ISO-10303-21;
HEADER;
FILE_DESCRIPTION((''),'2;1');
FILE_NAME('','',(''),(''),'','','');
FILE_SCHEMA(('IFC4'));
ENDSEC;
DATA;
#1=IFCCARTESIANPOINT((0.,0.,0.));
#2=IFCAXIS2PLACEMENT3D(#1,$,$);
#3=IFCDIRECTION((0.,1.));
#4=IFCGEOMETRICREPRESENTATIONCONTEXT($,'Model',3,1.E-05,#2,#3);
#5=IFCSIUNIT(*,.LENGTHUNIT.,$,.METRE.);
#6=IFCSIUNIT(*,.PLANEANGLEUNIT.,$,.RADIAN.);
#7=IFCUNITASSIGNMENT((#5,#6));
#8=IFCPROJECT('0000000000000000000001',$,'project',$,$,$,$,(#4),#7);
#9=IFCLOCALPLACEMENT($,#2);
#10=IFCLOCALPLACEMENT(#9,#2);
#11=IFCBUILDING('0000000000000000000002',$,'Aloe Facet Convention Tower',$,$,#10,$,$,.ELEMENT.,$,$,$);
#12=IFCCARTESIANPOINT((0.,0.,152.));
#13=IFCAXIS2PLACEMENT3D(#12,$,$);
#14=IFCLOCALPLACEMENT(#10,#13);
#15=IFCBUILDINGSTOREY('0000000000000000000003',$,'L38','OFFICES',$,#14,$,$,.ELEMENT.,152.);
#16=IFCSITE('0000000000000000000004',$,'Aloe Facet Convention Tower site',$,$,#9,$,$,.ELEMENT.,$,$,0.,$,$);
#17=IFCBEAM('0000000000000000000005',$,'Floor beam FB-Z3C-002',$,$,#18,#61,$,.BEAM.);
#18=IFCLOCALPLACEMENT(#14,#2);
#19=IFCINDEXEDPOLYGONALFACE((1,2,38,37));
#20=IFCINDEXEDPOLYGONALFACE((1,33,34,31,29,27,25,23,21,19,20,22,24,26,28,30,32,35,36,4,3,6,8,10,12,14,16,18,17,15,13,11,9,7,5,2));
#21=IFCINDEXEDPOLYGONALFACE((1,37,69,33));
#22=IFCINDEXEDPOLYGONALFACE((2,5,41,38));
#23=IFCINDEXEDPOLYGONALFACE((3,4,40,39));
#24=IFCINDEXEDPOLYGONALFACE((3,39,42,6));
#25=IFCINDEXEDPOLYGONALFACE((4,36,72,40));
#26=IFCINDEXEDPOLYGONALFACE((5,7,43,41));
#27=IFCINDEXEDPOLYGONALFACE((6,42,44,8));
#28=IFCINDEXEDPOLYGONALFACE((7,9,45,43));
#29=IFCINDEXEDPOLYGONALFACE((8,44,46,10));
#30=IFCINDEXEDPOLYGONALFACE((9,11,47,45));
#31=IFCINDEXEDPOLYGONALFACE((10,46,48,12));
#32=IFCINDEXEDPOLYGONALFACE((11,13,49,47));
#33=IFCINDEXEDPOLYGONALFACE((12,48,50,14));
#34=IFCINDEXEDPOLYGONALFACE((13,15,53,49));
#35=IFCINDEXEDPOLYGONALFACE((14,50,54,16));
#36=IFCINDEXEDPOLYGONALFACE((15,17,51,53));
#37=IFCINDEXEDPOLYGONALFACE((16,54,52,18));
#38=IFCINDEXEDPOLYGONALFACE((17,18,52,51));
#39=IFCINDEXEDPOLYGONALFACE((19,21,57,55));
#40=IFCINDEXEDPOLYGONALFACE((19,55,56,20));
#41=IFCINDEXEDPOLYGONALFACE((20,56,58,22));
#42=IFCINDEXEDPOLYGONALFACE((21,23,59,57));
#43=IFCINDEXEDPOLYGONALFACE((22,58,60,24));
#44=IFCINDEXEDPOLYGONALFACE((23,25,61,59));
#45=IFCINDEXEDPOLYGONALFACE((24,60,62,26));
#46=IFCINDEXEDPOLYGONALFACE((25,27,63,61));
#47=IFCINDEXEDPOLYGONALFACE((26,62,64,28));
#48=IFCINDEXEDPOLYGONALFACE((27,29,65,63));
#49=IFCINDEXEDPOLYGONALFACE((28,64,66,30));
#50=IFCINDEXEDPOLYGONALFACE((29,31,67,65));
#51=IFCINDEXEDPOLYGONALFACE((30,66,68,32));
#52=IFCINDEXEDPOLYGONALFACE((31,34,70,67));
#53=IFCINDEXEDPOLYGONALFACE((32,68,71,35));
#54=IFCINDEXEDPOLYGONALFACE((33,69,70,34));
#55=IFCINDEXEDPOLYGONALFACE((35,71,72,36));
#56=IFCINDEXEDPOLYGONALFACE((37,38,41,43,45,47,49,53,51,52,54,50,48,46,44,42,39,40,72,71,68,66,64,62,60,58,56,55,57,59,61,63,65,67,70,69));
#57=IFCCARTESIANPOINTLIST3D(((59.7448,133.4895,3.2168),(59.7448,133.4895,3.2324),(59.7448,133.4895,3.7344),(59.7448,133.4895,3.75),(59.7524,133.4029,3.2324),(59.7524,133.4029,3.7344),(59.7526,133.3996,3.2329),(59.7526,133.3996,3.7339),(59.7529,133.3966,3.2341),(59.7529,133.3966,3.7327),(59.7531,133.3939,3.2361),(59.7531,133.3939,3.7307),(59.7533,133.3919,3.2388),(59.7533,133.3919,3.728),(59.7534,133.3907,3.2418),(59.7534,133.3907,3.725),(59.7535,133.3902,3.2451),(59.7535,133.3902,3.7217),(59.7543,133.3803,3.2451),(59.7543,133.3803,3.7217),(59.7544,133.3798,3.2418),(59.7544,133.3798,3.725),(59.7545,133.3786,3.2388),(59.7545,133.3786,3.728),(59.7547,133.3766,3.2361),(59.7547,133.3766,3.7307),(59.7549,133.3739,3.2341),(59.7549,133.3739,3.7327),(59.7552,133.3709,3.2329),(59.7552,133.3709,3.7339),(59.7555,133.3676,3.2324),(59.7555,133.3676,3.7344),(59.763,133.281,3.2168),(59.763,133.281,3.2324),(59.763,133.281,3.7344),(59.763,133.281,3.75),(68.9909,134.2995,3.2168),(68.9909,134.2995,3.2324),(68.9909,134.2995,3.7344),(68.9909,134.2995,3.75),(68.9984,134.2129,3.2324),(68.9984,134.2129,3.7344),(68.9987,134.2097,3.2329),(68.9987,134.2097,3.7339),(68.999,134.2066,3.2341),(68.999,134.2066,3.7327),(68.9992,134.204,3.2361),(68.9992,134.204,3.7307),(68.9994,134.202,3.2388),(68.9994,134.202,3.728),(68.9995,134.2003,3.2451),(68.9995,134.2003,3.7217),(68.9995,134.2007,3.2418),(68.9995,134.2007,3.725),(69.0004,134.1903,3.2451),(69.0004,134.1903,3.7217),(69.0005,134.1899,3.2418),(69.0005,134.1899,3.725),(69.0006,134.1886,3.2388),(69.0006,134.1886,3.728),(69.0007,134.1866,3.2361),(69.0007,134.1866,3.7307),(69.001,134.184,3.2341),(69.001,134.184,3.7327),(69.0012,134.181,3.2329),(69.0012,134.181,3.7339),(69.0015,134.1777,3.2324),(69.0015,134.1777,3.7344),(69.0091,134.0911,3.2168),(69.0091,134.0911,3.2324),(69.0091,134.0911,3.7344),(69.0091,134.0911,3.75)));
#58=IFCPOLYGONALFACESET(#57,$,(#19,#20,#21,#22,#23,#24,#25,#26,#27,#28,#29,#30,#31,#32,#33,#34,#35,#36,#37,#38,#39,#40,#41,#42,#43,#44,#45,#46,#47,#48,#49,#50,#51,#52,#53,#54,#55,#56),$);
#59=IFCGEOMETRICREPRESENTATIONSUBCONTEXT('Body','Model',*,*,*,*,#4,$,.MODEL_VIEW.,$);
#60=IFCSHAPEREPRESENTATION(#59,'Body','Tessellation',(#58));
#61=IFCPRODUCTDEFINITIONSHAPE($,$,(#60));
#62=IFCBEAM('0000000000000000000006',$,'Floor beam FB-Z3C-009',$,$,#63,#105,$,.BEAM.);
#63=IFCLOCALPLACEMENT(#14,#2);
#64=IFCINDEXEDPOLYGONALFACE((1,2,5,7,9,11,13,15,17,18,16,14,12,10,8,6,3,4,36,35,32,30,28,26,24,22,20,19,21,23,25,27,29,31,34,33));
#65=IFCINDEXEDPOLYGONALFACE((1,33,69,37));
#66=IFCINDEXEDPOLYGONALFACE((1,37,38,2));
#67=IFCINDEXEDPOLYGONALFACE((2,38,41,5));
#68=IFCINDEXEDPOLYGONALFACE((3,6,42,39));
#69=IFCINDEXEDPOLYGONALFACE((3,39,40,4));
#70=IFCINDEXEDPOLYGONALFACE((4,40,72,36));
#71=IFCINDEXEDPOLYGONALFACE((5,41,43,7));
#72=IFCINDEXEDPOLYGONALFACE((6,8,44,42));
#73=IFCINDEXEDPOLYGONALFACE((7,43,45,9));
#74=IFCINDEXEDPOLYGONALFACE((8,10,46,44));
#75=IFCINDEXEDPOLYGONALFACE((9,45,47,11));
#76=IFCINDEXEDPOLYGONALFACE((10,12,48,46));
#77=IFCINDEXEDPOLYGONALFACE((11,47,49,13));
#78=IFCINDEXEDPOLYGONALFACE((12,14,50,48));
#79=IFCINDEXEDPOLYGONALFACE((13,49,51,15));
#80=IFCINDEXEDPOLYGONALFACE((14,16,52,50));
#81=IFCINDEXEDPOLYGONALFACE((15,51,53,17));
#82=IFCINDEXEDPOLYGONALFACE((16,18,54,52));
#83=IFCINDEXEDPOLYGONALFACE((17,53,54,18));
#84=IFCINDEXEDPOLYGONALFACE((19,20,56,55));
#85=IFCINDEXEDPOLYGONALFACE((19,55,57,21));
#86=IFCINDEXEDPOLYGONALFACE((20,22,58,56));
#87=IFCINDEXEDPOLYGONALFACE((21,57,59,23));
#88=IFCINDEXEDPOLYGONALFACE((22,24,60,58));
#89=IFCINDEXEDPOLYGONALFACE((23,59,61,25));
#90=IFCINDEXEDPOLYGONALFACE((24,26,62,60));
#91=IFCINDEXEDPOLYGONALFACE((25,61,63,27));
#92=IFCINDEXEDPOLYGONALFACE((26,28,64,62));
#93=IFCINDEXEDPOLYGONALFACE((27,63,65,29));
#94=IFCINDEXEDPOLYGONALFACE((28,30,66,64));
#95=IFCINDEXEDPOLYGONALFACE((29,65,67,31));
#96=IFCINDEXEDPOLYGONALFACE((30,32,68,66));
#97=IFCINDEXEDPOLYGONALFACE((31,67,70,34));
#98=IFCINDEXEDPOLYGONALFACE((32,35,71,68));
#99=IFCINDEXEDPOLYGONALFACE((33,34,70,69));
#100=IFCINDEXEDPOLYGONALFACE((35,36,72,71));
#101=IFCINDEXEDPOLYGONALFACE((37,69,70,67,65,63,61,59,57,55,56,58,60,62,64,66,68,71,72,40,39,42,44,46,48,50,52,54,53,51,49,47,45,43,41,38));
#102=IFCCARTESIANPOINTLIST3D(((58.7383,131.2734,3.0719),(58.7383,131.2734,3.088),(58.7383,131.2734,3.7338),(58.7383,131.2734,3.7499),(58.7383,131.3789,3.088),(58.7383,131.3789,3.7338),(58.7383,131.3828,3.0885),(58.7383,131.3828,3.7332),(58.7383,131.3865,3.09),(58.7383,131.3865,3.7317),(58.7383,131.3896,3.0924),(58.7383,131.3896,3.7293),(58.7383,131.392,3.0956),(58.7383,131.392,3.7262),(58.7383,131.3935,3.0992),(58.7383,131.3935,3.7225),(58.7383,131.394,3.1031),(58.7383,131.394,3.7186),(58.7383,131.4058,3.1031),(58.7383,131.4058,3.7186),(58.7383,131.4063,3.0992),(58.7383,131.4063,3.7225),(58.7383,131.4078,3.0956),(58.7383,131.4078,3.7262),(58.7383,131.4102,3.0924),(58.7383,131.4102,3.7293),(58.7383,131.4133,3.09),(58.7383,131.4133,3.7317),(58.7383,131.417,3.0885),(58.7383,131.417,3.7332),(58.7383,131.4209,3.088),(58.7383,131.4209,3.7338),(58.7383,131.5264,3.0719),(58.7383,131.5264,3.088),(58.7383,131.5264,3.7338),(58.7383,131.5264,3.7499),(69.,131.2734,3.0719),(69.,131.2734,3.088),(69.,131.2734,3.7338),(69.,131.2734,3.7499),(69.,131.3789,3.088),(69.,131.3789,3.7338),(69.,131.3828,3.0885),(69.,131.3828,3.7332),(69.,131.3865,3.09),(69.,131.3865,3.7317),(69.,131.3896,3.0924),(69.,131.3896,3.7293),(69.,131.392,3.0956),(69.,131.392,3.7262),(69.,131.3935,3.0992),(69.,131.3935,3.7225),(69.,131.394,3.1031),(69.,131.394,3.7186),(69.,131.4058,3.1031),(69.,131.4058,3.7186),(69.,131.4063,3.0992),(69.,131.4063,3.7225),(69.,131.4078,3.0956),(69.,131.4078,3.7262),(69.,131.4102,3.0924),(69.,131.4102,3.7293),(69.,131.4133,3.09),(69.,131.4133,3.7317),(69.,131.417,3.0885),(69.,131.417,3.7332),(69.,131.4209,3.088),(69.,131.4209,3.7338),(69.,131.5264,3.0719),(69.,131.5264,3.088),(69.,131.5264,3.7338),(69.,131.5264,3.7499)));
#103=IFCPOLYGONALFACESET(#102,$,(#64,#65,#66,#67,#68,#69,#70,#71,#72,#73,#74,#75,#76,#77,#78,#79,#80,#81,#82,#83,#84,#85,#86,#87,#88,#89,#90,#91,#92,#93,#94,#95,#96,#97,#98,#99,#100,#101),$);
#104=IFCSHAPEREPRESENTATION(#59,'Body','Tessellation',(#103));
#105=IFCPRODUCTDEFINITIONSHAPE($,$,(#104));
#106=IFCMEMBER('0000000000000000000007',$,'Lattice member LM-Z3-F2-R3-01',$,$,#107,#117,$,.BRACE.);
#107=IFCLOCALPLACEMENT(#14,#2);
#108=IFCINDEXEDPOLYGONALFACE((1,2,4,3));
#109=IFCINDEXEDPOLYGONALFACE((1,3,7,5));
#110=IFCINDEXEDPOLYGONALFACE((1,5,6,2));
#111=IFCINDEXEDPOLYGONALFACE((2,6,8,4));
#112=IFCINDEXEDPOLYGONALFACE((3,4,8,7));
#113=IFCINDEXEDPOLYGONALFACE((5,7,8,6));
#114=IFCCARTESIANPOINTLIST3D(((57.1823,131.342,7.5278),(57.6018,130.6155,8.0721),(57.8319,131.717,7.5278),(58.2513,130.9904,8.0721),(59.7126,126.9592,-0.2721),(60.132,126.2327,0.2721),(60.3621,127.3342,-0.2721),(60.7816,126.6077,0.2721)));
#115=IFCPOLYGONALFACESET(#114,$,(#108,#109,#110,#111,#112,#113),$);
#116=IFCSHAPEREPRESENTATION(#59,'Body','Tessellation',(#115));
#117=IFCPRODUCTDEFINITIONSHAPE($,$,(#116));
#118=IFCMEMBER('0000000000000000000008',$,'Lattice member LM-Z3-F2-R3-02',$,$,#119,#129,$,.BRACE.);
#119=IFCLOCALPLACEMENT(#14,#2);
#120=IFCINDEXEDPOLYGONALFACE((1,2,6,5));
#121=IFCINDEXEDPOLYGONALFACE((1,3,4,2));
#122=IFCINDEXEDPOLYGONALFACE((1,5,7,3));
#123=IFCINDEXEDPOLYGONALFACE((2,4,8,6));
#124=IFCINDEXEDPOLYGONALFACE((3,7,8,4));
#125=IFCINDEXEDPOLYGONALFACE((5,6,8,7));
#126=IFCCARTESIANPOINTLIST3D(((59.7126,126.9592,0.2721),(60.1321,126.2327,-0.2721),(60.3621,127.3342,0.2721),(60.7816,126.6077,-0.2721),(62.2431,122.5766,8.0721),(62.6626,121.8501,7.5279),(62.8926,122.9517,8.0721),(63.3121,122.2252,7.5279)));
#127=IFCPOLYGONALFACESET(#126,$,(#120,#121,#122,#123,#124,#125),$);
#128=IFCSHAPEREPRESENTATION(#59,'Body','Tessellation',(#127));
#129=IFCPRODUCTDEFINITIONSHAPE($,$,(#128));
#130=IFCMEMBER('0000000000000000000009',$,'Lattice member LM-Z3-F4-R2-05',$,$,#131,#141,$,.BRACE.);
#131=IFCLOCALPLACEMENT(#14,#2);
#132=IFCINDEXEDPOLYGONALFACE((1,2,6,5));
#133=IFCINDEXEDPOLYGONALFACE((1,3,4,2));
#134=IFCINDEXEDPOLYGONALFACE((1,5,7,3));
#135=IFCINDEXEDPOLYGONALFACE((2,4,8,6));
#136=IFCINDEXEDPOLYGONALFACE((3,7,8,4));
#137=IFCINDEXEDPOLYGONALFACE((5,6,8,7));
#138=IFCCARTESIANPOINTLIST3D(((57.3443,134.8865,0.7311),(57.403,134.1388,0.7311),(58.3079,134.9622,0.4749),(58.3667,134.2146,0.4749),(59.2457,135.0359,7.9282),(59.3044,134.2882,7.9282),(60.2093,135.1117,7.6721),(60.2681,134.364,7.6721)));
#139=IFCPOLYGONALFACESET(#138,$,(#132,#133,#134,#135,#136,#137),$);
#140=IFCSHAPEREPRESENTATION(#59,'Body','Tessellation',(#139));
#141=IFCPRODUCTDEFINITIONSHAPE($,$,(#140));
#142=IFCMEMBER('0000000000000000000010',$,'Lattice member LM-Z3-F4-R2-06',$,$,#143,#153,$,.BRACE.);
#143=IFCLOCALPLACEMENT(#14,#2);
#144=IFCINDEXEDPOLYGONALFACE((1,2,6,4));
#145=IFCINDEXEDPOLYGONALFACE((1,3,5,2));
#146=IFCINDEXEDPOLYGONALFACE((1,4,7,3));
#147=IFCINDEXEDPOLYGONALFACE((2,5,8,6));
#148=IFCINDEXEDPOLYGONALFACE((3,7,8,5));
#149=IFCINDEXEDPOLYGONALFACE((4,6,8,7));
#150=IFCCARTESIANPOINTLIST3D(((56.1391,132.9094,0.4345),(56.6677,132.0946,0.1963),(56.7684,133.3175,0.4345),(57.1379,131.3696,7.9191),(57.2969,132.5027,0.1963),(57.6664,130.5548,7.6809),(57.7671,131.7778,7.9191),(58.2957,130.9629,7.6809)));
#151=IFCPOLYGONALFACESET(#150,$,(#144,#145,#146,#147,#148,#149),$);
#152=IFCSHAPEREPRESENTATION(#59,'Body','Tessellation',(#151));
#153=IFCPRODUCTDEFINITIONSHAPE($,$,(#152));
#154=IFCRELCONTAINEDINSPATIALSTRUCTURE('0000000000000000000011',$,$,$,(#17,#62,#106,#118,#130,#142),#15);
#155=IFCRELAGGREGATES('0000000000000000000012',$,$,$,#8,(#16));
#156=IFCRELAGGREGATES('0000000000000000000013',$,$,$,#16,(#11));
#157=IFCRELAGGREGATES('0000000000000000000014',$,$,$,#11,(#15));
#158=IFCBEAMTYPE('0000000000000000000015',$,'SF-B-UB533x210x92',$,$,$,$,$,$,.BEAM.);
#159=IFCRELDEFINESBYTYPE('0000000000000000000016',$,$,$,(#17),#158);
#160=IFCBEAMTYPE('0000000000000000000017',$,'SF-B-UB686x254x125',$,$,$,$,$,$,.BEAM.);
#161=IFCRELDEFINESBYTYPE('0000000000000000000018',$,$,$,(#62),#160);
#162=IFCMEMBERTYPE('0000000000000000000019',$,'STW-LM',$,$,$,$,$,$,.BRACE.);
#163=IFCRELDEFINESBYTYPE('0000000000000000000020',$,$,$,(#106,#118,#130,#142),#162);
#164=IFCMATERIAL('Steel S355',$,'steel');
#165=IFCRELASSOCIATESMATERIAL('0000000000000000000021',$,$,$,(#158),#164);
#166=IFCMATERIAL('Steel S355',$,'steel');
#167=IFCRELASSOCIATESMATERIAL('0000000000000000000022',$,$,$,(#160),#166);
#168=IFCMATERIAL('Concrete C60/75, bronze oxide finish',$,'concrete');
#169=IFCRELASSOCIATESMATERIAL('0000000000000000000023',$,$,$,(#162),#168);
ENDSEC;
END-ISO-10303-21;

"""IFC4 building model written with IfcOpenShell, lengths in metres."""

from ifc_helpers import new_model, si_unit, direction, frame, origin, origin_2d, place, context, subcontext, project, spatial, rectangle, i_section, extrude, material, material_profile, profile_set, type_object, element, save


model = new_model("IFC4")

# Units and contexts
model_context = context("Model", 3, precision=1e-05, world=origin(), true_north=direction((0.0, 1.0)))
body_context = subcontext(model_context, "Body", "Model", "MODEL_VIEW")
ifc_project = project(units=[si_unit("LENGTHUNIT", "METRE"), si_unit("PLANEANGLEUNIT", "RADIAN")], contexts=[model_context])

# Site, building, storey
site_placement = place(None, origin())
site = spatial("IfcSite", under=ifc_project, at=site_placement, Name="Aloe Facet Convention Tower site", CompositionType="ELEMENT", RefElevation=0.0)
building_placement = place(site_placement, origin())
building = spatial("IfcBuilding", under=site, at=building_placement, Name="Aloe Facet Convention Tower", CompositionType="ELEMENT")
storey_placement = place(building_placement, frame((0.0, 0.0, 152.0)))
storey = spatial("IfcBuildingStorey", under=building, at=storey_placement, Name="L38", Description="OFFICES", CompositionType="ELEMENT", Elevation=152.0)

# Beams
ifc_material_1 = material(Name="Steel S355", Category="steel")
ifc_material_profile_1 = material_profile(ifc_material_1, i_section(OverallWidth=0.2092, OverallDepth=0.5332, WebThickness=0.01, FlangeThickness=0.0156, FilletRadius=0.0127, at=origin_2d()), Name="UB 533x210x92")
ifc_profile_set_1 = profile_set([ifc_material_profile_1], Name="Steel S355")
beam_type_1 = type_object("IfcBeamType", Name="SF-B-UB533x210x92", PredefinedType="BEAM", material=ifc_profile_set_1)
beam_1_placement = place(storey_placement, frame((59.7539, 133.3853, 3.4834), z_axis=(0.996184, 0.087277, 0.0), x_axis=(-0.087277, 0.996184, 0.0)))
element("IfcBeam", 1, at=beam_1_placement, inside=storey, type_object=beam_type_1, Name="Floor beam FB-Z3C-002", PredefinedType="BEAM", context=body_context, shape_type="SweptSolid", body=[
    extrude(i_section(OverallWidth=0.2092, OverallDepth=0.5332, WebThickness=0.01, FlangeThickness=0.0156, FilletRadius=0.0127, at=origin_2d()), origin(), (0.0, 0.0, 1.0), 9.2815),
])
ifc_material_2 = material(Name="Steel S355", Category="steel")
ifc_material_profile_2 = material_profile(ifc_material_2, i_section(OverallWidth=0.2529, OverallDepth=0.678, WebThickness=0.0117, FlangeThickness=0.0161, FilletRadius=0.0151, at=origin_2d()), Name="UB 686x254x125")
ifc_profile_set_2 = profile_set([ifc_material_profile_2], Name="Steel S355")
beam_type_2 = type_object("IfcBeamType", Name="SF-B-UB686x254x125", PredefinedType="BEAM", material=ifc_profile_set_2)
beam_2_placement = place(storey_placement, frame((58.7383, 131.3999, 3.4109), z_axis=(1.0, 0.0, 0.0), x_axis=(0.0, 1.0, 0.0)))
element("IfcBeam", 2, at=beam_2_placement, inside=storey, type_object=beam_type_2, Name="Floor beam FB-Z3C-009", PredefinedType="BEAM", context=body_context, shape_type="SweptSolid", body=[
    extrude(i_section(OverallWidth=0.2529, OverallDepth=0.678, WebThickness=0.0117, FlangeThickness=0.0161, FilletRadius=0.0151, at=origin_2d()), origin(), (0.0, 0.0, 1.0), 10.2617),
])

# Members
ifc_material_3 = material(Name="Concrete C60/75, bronze oxide finish", Category="concrete")
ifc_material_profile_3 = material_profile(ifc_material_3, rectangle(XDim=0.75, YDim=1.0, at=origin_2d()), Name="STW-LM")
ifc_profile_set_3 = profile_set([ifc_material_profile_3], Name="Concrete C60/75, bronze oxide finish")
member_type = type_object("IfcMemberType", Name="STW-LM", PredefinedType="BRACE", material=ifc_profile_set_3)
for number, where, z_axis, x_axis, name in (
    (3, (60.2471, 126.7834, 0.0), (-0.272132, 0.471373, 0.838899), (-0.866038, -0.499979, 0.0), "Lattice member LM-Z3-F2-R3-01"),
    (4, (60.2471, 126.7834, 0.0), (0.27216, -0.47135, 0.838903), (0.866005, 0.500036, 0.0), "Lattice member LM-Z3-F2-R3-02"),
):
    element("IfcMember", number, at=place(storey_placement, frame(where, z_axis=z_axis, x_axis=x_axis)), inside=storey, type_object=member_type, Name=name, PredefinedType="BRACE", context=body_context, shape_type="SweptSolid", body=[
        extrude(rectangle(XDim=0.75, YDim=1.0, at=origin_2d()), origin(), (0.0, 0.0, 1.0), 9.2979),
    ])
member_1_placement = place(storey_placement, frame((57.8555, 134.5505, 0.603), z_axis=(0.255373, 0.020068, 0.966634), x_axis=(-0.078341, 0.996927, 0.0)))
element("IfcMember", 5, at=member_1_placement, inside=storey, type_object=member_type, Name="Lattice member LM-Z3-F4-R2-05", PredefinedType="BRACE", context=body_context, shape_type="SweptSolid", body=[
    extrude(rectangle(XDim=0.75, YDim=1.0, at=origin_2d()), origin(), (0.0, 0.0, 1.0), 7.4456),
])
member_2_placement = place(storey_placement, frame((56.718, 132.7061, 0.3154), z_axis=(0.129604, -0.199808, 0.971226), x_axis=(0.838963, 0.544189, 0.0)))
element("IfcMember", 6, at=member_2_placement, inside=storey, type_object=member_type, Name="Lattice member LM-Z3-F4-R2-06", PredefinedType="BRACE", context=body_context, shape_type="SweptSolid", body=[
    extrude(rectangle(XDim=0.75, YDim=1.0, at=origin_2d()), origin(), (0.0, 0.0, 1.0), 7.7063),
])

save(model, "model.ifc")
